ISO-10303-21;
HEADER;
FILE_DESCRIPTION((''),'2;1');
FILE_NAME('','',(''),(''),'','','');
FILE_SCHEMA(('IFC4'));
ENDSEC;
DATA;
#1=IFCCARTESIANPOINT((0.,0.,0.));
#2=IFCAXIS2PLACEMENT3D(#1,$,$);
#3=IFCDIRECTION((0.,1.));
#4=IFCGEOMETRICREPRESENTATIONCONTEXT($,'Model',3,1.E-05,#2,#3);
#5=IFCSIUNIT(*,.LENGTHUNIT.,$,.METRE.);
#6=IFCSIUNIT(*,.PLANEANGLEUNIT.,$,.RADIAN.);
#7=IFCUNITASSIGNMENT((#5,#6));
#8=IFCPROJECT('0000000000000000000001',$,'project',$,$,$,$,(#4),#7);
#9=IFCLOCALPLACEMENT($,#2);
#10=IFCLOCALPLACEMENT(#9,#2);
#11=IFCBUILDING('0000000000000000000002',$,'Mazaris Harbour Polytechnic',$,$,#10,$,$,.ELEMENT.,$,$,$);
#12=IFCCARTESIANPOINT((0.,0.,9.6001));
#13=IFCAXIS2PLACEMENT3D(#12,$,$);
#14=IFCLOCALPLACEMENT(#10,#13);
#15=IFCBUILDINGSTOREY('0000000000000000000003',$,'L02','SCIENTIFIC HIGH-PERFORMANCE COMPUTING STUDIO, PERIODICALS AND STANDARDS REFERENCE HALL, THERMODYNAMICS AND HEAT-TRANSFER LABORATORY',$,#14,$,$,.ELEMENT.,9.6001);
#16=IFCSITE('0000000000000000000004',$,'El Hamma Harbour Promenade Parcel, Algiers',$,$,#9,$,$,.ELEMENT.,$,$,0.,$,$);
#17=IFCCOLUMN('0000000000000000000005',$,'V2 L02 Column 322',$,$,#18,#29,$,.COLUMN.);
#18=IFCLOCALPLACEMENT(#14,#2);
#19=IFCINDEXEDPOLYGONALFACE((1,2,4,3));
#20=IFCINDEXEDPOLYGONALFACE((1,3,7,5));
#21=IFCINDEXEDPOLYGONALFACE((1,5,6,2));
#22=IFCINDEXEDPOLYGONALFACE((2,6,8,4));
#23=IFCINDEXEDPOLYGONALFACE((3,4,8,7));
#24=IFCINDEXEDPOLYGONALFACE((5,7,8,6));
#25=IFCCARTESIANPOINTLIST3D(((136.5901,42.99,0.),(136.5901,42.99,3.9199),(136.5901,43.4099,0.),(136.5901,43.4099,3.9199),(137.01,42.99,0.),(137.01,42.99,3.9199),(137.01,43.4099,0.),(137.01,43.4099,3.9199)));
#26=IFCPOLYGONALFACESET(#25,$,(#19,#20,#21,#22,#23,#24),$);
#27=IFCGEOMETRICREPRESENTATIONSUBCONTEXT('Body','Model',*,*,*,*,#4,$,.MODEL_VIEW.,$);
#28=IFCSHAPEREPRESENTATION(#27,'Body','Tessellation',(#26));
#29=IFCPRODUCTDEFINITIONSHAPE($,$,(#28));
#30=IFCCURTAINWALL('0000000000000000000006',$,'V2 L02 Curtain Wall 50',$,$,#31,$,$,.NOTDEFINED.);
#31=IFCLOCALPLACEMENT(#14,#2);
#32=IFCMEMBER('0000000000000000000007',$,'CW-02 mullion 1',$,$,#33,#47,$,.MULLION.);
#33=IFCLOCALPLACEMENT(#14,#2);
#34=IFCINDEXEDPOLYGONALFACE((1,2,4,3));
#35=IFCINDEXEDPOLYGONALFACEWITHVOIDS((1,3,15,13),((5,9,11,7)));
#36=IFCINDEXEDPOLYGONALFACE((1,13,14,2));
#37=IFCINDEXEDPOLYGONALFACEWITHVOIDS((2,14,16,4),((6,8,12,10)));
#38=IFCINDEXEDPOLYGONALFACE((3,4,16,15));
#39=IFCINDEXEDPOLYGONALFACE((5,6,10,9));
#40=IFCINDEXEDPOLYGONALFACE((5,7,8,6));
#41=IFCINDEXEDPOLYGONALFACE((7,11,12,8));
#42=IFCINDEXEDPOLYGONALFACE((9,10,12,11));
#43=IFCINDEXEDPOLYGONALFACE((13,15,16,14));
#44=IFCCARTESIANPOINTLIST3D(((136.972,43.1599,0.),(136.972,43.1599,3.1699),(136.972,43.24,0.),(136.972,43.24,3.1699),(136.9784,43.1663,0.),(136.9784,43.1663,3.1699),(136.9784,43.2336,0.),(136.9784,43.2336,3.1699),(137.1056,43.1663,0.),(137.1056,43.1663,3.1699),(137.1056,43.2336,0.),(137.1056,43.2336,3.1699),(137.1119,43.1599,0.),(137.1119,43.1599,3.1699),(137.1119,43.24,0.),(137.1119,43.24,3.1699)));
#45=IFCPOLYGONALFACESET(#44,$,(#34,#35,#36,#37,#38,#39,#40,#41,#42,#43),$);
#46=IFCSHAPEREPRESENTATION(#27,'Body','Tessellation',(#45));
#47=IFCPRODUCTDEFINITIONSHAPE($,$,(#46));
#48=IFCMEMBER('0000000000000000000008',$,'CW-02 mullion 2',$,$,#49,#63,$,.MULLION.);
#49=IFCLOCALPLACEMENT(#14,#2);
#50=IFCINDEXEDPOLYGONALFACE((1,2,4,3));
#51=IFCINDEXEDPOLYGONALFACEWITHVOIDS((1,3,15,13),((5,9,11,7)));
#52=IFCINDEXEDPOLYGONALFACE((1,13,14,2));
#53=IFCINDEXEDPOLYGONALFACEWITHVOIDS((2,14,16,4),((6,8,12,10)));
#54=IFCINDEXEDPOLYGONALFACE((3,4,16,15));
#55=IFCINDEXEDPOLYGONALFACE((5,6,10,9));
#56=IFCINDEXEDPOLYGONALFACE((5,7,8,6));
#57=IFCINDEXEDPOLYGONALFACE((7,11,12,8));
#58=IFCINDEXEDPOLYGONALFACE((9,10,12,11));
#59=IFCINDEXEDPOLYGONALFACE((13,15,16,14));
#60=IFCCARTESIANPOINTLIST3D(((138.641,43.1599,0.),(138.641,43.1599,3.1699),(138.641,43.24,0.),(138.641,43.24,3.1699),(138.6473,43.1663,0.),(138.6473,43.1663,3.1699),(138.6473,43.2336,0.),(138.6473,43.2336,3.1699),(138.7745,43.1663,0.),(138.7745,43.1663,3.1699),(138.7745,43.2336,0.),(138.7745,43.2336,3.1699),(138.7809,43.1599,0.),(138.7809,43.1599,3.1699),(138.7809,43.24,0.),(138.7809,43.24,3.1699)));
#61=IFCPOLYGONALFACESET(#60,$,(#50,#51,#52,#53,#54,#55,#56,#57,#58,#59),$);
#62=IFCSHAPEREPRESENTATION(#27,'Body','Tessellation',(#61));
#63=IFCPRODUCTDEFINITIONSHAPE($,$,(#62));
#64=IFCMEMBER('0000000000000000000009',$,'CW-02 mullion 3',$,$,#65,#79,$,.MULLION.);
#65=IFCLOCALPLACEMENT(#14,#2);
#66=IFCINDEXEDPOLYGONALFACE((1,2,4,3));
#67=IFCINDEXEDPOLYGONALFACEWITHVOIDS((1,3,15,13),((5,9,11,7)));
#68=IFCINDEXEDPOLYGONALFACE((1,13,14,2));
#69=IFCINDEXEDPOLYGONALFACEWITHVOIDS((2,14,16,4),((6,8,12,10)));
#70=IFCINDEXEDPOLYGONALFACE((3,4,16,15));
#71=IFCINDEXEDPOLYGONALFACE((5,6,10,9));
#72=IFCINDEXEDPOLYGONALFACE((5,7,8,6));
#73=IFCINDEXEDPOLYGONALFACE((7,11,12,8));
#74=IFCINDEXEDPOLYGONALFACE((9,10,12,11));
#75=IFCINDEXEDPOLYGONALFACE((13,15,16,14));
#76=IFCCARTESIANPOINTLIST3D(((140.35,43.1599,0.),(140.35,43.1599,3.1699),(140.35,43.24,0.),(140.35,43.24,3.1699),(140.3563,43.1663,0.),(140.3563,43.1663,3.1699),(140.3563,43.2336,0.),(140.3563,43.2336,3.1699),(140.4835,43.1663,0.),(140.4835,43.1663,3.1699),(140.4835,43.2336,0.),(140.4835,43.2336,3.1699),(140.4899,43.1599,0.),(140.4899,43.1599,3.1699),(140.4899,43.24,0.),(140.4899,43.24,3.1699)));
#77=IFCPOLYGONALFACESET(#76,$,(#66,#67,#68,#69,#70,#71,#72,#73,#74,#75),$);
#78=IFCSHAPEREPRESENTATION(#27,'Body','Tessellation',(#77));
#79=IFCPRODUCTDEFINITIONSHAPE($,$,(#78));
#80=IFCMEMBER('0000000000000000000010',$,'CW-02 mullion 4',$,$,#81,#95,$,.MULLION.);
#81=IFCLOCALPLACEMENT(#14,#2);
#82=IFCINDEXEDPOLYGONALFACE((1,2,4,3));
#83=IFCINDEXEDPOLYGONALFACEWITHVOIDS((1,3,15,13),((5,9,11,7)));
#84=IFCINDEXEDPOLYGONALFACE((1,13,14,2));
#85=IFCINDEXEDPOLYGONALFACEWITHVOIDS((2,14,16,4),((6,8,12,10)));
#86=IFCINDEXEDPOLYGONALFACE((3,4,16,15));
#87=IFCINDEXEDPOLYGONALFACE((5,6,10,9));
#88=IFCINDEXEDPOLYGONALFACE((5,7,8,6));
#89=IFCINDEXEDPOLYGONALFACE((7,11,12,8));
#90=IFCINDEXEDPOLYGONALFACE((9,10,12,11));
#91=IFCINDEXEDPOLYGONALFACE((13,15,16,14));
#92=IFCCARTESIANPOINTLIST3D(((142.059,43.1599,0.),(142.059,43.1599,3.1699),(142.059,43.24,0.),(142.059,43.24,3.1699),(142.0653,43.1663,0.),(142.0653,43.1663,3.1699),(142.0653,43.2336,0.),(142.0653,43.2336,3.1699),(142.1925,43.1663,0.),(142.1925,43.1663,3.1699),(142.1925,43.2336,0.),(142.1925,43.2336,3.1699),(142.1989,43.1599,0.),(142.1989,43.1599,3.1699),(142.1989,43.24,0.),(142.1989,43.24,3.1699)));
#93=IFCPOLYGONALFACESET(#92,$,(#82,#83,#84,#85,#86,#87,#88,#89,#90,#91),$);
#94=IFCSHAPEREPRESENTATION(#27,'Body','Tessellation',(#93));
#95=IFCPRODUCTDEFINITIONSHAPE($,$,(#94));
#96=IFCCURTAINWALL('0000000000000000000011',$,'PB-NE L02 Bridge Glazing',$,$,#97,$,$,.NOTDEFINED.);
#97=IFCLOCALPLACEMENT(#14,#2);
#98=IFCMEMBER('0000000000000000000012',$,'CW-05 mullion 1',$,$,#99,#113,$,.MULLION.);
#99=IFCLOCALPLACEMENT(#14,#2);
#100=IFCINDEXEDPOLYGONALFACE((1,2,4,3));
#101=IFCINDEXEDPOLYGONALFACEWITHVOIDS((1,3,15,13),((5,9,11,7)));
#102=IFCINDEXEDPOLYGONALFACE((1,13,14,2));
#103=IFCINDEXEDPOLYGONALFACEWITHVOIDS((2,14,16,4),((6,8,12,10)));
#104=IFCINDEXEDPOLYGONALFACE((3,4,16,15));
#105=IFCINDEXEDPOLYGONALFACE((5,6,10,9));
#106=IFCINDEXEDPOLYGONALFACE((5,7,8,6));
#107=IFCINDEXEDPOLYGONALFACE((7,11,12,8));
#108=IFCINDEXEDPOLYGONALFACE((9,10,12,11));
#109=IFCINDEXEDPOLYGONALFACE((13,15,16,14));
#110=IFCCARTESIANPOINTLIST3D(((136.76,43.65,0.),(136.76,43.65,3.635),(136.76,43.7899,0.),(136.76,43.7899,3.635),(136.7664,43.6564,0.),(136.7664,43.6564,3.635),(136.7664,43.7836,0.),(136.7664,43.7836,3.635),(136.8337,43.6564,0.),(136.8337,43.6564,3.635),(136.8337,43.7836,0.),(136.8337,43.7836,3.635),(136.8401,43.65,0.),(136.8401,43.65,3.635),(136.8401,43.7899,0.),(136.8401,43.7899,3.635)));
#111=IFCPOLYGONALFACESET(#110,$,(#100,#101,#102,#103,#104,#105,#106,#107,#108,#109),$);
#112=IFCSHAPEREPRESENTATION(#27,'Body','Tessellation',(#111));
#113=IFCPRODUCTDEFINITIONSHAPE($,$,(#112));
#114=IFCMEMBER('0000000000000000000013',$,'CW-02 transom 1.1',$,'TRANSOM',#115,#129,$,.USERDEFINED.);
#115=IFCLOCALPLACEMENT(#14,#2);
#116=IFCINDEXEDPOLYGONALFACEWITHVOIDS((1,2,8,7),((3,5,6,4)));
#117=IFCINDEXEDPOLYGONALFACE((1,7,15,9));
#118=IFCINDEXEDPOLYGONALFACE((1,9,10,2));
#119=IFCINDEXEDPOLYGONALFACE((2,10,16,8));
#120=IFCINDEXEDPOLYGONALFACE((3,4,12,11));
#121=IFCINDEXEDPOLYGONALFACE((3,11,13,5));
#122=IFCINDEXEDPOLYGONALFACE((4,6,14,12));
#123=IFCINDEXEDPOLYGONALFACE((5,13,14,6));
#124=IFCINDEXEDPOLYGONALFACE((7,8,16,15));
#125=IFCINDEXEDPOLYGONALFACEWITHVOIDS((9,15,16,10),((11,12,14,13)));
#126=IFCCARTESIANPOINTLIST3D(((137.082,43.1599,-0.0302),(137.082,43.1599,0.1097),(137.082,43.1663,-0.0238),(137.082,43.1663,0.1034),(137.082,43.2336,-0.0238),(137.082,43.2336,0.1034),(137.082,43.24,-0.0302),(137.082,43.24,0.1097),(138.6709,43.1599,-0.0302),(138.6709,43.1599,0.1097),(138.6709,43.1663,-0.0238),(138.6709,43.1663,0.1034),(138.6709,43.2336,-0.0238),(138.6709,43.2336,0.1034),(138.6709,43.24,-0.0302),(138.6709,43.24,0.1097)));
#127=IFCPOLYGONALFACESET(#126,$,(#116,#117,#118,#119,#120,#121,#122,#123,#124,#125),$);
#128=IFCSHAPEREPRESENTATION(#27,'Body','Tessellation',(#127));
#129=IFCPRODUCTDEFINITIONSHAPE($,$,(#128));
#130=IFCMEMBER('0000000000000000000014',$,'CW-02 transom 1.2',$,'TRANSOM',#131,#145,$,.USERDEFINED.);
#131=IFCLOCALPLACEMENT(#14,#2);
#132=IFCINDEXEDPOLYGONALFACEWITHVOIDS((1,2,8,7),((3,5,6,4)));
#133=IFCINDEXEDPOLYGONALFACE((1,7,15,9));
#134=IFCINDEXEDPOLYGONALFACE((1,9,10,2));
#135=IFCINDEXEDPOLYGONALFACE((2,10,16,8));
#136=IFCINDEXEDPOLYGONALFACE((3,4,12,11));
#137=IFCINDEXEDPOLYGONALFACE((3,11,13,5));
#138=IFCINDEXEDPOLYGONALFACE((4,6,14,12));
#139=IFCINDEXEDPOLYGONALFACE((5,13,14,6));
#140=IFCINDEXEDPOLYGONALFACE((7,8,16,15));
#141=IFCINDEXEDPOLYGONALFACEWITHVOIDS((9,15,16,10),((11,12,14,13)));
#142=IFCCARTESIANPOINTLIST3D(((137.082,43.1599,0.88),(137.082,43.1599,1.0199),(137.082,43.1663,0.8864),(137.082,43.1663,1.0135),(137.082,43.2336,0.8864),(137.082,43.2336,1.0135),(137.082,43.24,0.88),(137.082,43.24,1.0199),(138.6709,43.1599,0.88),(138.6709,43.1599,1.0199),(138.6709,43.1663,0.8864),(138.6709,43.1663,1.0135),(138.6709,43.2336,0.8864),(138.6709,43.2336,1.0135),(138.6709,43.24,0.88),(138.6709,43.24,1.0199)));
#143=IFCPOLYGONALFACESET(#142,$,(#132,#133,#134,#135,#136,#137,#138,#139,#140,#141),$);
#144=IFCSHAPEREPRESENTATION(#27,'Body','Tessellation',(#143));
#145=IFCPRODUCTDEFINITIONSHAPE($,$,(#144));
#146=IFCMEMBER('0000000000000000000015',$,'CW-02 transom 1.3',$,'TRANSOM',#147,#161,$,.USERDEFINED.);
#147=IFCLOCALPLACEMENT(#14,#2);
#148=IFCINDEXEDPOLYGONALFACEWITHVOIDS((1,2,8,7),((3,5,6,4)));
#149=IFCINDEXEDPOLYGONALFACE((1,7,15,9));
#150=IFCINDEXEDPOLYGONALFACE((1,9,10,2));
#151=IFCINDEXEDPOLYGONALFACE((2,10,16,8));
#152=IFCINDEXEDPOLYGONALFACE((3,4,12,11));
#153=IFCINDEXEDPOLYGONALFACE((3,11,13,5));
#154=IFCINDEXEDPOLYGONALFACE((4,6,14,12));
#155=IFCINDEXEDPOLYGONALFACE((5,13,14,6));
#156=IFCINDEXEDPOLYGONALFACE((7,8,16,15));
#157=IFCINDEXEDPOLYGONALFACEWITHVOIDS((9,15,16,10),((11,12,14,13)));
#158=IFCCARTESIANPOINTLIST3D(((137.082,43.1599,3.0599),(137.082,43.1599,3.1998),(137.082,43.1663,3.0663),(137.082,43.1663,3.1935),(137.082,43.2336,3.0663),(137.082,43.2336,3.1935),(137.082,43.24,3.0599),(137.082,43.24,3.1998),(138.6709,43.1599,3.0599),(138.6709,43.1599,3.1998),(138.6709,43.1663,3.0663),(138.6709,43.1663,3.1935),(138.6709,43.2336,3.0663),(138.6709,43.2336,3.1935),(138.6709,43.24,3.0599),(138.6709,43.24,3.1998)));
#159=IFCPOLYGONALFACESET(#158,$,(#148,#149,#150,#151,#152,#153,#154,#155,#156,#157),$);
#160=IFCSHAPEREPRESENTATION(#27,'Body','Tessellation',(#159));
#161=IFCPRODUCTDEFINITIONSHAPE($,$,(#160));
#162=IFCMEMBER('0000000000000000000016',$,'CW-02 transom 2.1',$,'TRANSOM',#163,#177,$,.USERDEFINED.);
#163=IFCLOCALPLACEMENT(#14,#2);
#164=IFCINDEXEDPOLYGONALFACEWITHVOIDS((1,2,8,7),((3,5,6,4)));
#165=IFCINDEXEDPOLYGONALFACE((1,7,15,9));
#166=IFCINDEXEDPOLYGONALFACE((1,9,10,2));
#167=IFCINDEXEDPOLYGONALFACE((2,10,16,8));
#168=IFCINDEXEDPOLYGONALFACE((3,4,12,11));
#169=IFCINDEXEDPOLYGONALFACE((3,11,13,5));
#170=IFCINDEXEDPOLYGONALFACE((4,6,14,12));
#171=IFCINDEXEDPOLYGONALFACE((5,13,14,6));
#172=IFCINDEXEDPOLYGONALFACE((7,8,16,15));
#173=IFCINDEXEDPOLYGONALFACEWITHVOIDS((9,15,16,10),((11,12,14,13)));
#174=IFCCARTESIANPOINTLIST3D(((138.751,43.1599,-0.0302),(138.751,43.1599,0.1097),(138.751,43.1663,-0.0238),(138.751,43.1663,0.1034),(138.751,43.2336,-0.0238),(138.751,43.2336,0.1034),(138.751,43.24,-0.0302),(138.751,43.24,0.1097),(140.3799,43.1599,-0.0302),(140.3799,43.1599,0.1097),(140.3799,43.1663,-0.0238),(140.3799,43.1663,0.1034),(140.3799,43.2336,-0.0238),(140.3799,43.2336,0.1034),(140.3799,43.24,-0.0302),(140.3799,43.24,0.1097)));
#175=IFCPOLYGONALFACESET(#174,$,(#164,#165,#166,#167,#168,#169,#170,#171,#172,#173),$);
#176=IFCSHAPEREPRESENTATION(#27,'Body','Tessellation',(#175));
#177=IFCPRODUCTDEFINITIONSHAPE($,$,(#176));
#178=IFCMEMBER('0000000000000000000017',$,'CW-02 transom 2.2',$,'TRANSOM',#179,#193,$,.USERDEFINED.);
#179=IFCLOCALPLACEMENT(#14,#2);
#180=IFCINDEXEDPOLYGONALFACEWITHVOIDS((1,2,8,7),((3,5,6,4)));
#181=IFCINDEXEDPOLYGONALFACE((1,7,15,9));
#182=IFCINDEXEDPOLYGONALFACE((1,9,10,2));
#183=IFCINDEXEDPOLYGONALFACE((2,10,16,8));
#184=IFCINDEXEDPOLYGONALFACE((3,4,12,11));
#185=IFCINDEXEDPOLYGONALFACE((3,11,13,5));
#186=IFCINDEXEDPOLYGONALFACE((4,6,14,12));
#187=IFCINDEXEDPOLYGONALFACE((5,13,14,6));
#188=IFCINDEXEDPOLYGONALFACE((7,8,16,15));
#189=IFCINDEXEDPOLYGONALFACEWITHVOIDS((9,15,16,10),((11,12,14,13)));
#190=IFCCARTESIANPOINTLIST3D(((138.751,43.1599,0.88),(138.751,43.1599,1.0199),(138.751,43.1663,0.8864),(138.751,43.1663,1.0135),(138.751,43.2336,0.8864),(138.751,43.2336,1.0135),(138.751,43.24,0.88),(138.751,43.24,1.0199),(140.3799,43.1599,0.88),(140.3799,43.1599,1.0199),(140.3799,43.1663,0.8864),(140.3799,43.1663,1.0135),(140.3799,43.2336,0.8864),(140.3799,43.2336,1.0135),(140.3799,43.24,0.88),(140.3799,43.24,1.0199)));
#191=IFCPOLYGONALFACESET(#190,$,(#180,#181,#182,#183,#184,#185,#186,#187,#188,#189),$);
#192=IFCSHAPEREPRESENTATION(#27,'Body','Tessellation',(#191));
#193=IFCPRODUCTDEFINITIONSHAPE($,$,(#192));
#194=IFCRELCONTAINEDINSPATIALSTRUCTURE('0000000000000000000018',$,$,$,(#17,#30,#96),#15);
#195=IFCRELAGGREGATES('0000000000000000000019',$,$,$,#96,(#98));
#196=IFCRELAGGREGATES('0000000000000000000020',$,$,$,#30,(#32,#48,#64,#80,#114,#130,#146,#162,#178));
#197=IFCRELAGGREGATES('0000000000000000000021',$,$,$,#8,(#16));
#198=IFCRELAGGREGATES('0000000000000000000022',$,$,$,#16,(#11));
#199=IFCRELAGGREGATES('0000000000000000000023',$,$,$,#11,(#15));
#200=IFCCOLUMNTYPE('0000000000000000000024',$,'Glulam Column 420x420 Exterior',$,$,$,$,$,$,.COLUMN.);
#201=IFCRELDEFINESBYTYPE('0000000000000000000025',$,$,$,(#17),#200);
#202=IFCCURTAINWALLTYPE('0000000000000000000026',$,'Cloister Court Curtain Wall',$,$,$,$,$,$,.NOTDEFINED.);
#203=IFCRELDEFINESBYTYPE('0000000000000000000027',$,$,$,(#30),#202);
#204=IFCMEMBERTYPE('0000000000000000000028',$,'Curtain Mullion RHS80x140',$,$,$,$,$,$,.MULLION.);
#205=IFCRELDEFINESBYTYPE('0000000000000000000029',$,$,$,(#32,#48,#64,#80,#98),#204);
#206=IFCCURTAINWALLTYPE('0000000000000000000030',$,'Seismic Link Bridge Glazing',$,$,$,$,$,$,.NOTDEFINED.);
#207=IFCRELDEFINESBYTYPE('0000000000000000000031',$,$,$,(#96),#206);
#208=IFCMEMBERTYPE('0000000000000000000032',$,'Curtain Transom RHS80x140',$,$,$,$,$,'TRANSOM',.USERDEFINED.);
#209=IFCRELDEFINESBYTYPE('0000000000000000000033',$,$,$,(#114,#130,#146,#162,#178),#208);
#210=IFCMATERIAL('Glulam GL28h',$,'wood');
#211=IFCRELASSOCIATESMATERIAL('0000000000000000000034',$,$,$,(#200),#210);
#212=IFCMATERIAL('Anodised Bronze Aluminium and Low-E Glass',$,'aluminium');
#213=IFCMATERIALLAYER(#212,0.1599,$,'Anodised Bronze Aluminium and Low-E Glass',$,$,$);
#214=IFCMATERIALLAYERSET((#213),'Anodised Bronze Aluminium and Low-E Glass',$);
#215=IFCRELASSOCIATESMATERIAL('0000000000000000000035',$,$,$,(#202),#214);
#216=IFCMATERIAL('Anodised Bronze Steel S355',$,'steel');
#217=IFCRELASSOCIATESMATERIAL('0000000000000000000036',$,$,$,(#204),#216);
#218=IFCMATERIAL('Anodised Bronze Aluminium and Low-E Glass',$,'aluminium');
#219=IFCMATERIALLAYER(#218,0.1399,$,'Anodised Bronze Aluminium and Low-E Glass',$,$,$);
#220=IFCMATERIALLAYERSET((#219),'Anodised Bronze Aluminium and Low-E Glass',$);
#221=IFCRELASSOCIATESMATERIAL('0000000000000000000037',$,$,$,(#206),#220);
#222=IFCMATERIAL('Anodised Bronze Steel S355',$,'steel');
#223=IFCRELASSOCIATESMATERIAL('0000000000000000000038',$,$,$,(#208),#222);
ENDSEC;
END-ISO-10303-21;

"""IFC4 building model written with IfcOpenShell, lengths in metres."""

from ifc_helpers import new_model, si_unit, direction, frame, origin, origin_2d, place, context, subcontext, project, spatial, rectangle, hollow_rectangle, extrude, material, layer, layer_set, material_profile, profile_set, type_object, element, aggregate, save


model = new_model("IFC4")

# Units and contexts
model_context = context("Model", 3, precision=1e-05, world=origin(), true_north=direction((0.0, 1.0)))
body_context = subcontext(model_context, "Body", "Model", "MODEL_VIEW")
ifc_project = project(units=[si_unit("LENGTHUNIT", "METRE"), si_unit("PLANEANGLEUNIT", "RADIAN")], contexts=[model_context])

# Site, building, storey
site_placement = place(None, origin())
site = spatial("IfcSite", under=ifc_project, at=site_placement, Name="El Hamma Harbour Promenade Parcel, Algiers", CompositionType="ELEMENT", RefElevation=0.0)
building_placement = place(site_placement, origin())
building = spatial("IfcBuilding", under=site, at=building_placement, Name="Mazaris Harbour Polytechnic", CompositionType="ELEMENT")
storey_placement = place(building_placement, frame((0.0, 0.0, 9.6001)))
storey = spatial("IfcBuildingStorey", under=building, at=storey_placement, Name="L02", Description="SCIENTIFIC HIGH-PERFORMANCE COMPUTING STUDIO, PERIODICALS AND STANDARDS REFERENCE HALL, THERMODYNAMICS AND HEAT-TRANSFER LABORATORY", CompositionType="ELEMENT", Elevation=9.6001)

# Column
ifc_material_1 = material(Name="Glulam GL28h", Category="wood")
ifc_material_profile_1 = material_profile(ifc_material_1, rectangle(XDim=0.4199, YDim=0.4199, at=origin_2d()), Name="RECT420x420")
ifc_profile_set_1 = profile_set([ifc_material_profile_1], Name="Glulam GL28h")
column_type = type_object("IfcColumnType", Name="Glulam Column 420x420 Exterior", PredefinedType="COLUMN", material=ifc_profile_set_1)
column_placement = place(storey_placement, frame((136.8, 43.2, 0.0), z_axis=(0.0, 0.0, 1.0), x_axis=(1.0, 0.0, 0.0)))
element("IfcColumn", 1, at=column_placement, inside=storey, type_object=column_type, Name="V2 L02 Column 322", PredefinedType="COLUMN", context=body_context, shape_type="SweptSolid", body=[
    extrude(rectangle(XDim=0.4199, YDim=0.4199, at=origin_2d()), origin(), (0.0, 0.0, 1.0), 3.9199),
])

# Curtain wall, members
ifc_material_2 = material(Name="Anodised Bronze Aluminium and Low-E Glass", Category="aluminium")
ifc_layer_1 = layer(ifc_material_2, 0.1599, Name="Anodised Bronze Aluminium and Low-E Glass")
ifc_layer_set_1 = layer_set([ifc_layer_1], Name="Anodised Bronze Aluminium and Low-E Glass")
curtain_wall_type_1 = type_object("IfcCurtainWallType", Name="Cloister Court Curtain Wall", PredefinedType="NOTDEFINED", material=ifc_layer_set_1)
curtain_wall_1_placement = place(storey_placement, origin())
curtain_wall_1 = element("IfcCurtainWall", 2, at=curtain_wall_1_placement, inside=storey, type_object=curtain_wall_type_1, Name="V2 L02 Curtain Wall 50", PredefinedType="NOTDEFINED")
ifc_material_3 = material(Name="Anodised Bronze Steel S355", Category="steel")
ifc_material_profile_2 = material_profile(ifc_material_3, hollow_rectangle(XDim=0.0801, YDim=0.1399, WallThickness=0.0063, at=origin_2d()), Name="RHS 80x140x6.3")
ifc_profile_set_2 = profile_set([ifc_material_profile_2], Name="Anodised Bronze Steel S355")
member_type_1 = type_object("IfcMemberType", Name="Curtain Mullion RHS80x140", PredefinedType="MULLION", material=ifc_profile_set_2)
member_1_placement = place(storey_placement, frame((137.042, 43.2, 0.0), z_axis=(0.0, 0.0, 1.0), x_axis=(0.0, 1.0, 0.0)))
member_1 = element("IfcMember", 3, at=member_1_placement, type_object=member_type_1, Name="CW-02 mullion 1", PredefinedType="MULLION", context=body_context, shape_type="SweptSolid", body=[
    extrude(hollow_rectangle(XDim=0.0801, YDim=0.1399, WallThickness=0.0063, at=origin_2d()), origin(), (0.0, 0.0, 1.0), 3.1699),
])
member_2_placement = place(storey_placement, frame((138.7109, 43.2, 0.0), z_axis=(0.0, 0.0, 1.0), x_axis=(0.0, 1.0, 0.0)))
member_2 = element("IfcMember", 4, at=member_2_placement, type_object=member_type_1, Name="CW-02 mullion 2", PredefinedType="MULLION", context=body_context, shape_type="SweptSolid", body=[
    extrude(hollow_rectangle(XDim=0.0801, YDim=0.1399, WallThickness=0.0063, at=origin_2d()), origin(), (0.0, 0.0, 1.0), 3.1699),
])
member_3_placement = place(storey_placement, frame((140.4199, 43.2, 0.0), z_axis=(0.0, 0.0, 1.0), x_axis=(0.0, 1.0, 0.0)))
member_3 = element("IfcMember", 5, at=member_3_placement, type_object=member_type_1, Name="CW-02 mullion 3", PredefinedType="MULLION", context=body_context, shape_type="SweptSolid", body=[
    extrude(hollow_rectangle(XDim=0.0801, YDim=0.1399, WallThickness=0.0063, at=origin_2d()), origin(), (0.0, 0.0, 1.0), 3.1699),
])
member_4_placement = place(storey_placement, frame((142.1289, 43.2, 0.0), z_axis=(0.0, 0.0, 1.0), x_axis=(0.0, 1.0, 0.0)))
member_4 = element("IfcMember", 6, at=member_4_placement, type_object=member_type_1, Name="CW-02 mullion 4", PredefinedType="MULLION", context=body_context, shape_type="SweptSolid", body=[
    extrude(hollow_rectangle(XDim=0.0801, YDim=0.1399, WallThickness=0.0063, at=origin_2d()), origin(), (0.0, 0.0, 1.0), 3.1699),
])

# Curtain wall, member
ifc_material_4 = material(Name="Anodised Bronze Aluminium and Low-E Glass", Category="aluminium")
ifc_layer_2 = layer(ifc_material_4, 0.1399, Name="Anodised Bronze Aluminium and Low-E Glass")
ifc_layer_set_2 = layer_set([ifc_layer_2], Name="Anodised Bronze Aluminium and Low-E Glass")
curtain_wall_type_2 = type_object("IfcCurtainWallType", Name="Seismic Link Bridge Glazing", PredefinedType="NOTDEFINED", material=ifc_layer_set_2)
curtain_wall_2_placement = place(storey_placement, origin())
curtain_wall_2 = element("IfcCurtainWall", 7, at=curtain_wall_2_placement, inside=storey, type_object=curtain_wall_type_2, Name="PB-NE L02 Bridge Glazing", PredefinedType="NOTDEFINED")
member_5_placement = place(storey_placement, frame((136.8, 43.72, 0.0), z_axis=(0.0, 0.0, 1.0), x_axis=(-1.0, 0.0, 0.0)))
member_5 = element("IfcMember", 8, at=member_5_placement, type_object=member_type_1, Name="CW-05 mullion 1", PredefinedType="MULLION", context=body_context, shape_type="SweptSolid", body=[
    extrude(hollow_rectangle(XDim=0.0801, YDim=0.1399, WallThickness=0.0063, at=origin_2d()), origin(), (0.0, 0.0, 1.0), 3.635),
])

# Members
ifc_material_5 = material(Name="Anodised Bronze Steel S355", Category="steel")
ifc_material_profile_3 = material_profile(ifc_material_5, hollow_rectangle(XDim=0.0801, YDim=0.1399, WallThickness=0.0063, at=origin_2d()), Name="RHS 80x140x6.3")
ifc_profile_set_3 = profile_set([ifc_material_profile_3], Name="Anodised Bronze Steel S355")
member_type_2 = type_object("IfcMemberType", Name="Curtain Transom RHS80x140", ElementType="TRANSOM", PredefinedType="USERDEFINED", material=ifc_profile_set_3)
member_6_placement = place(storey_placement, frame((137.082, 43.2, 0.0398), z_axis=(1.0, 0.0, 0.0), x_axis=(0.0, 1.0, 0.0)))
member_6 = element("IfcMember", 9, at=member_6_placement, type_object=member_type_2, Name="CW-02 transom 1.1", ObjectType="TRANSOM", PredefinedType="USERDEFINED", context=body_context, shape_type="SweptSolid", body=[
    extrude(hollow_rectangle(XDim=0.0801, YDim=0.1399, WallThickness=0.0063, at=origin_2d()), origin(), (0.0, 0.0, 1.0), 1.5889),
])
member_7_placement = place(storey_placement, frame((137.082, 43.2, 0.95), z_axis=(1.0, 0.0, 0.0), x_axis=(0.0, 1.0, 0.0)))
member_7 = element("IfcMember", 10, at=member_7_placement, type_object=member_type_2, Name="CW-02 transom 1.2", ObjectType="TRANSOM", PredefinedType="USERDEFINED", context=body_context, shape_type="SweptSolid", body=[
    extrude(hollow_rectangle(XDim=0.0801, YDim=0.1399, WallThickness=0.0063, at=origin_2d()), origin(), (0.0, 0.0, 1.0), 1.5889),
])
member_8_placement = place(storey_placement, frame((137.082, 43.2, 3.1299), z_axis=(1.0, 0.0, 0.0), x_axis=(0.0, 1.0, 0.0)))
member_8 = element("IfcMember", 11, at=member_8_placement, type_object=member_type_2, Name="CW-02 transom 1.3", ObjectType="TRANSOM", PredefinedType="USERDEFINED", context=body_context, shape_type="SweptSolid", body=[
    extrude(hollow_rectangle(XDim=0.0801, YDim=0.1399, WallThickness=0.0063, at=origin_2d()), origin(), (0.0, 0.0, 1.0), 1.5889),
])
member_9_placement = place(storey_placement, frame((138.751, 43.2, 0.0398), z_axis=(1.0, 0.0, 0.0), x_axis=(0.0, 1.0, 0.0)))
member_9 = element("IfcMember", 12, at=member_9_placement, type_object=member_type_2, Name="CW-02 transom 2.1", ObjectType="TRANSOM", PredefinedType="USERDEFINED", context=body_context, shape_type="SweptSolid", body=[
    extrude(hollow_rectangle(XDim=0.0801, YDim=0.1399, WallThickness=0.0063, at=origin_2d()), origin(), (0.0, 0.0, 1.0), 1.6289),
])
member_10_placement = place(storey_placement, frame((138.751, 43.2, 0.95), z_axis=(1.0, 0.0, 0.0), x_axis=(0.0, 1.0, 0.0)))
member_10 = element("IfcMember", 13, at=member_10_placement, type_object=member_type_2, Name="CW-02 transom 2.2", ObjectType="TRANSOM", PredefinedType="USERDEFINED", context=body_context, shape_type="SweptSolid", body=[
    extrude(hollow_rectangle(XDim=0.0801, YDim=0.1399, WallThickness=0.0063, at=origin_2d()), origin(), (0.0, 0.0, 1.0), 1.6289),
])
aggregate(curtain_wall_2, [member_5])

aggregate(curtain_wall_1, [member_1, member_2, member_3, member_4, member_6, member_7, member_8, member_9, member_10])

save(model, "model.ifc")
